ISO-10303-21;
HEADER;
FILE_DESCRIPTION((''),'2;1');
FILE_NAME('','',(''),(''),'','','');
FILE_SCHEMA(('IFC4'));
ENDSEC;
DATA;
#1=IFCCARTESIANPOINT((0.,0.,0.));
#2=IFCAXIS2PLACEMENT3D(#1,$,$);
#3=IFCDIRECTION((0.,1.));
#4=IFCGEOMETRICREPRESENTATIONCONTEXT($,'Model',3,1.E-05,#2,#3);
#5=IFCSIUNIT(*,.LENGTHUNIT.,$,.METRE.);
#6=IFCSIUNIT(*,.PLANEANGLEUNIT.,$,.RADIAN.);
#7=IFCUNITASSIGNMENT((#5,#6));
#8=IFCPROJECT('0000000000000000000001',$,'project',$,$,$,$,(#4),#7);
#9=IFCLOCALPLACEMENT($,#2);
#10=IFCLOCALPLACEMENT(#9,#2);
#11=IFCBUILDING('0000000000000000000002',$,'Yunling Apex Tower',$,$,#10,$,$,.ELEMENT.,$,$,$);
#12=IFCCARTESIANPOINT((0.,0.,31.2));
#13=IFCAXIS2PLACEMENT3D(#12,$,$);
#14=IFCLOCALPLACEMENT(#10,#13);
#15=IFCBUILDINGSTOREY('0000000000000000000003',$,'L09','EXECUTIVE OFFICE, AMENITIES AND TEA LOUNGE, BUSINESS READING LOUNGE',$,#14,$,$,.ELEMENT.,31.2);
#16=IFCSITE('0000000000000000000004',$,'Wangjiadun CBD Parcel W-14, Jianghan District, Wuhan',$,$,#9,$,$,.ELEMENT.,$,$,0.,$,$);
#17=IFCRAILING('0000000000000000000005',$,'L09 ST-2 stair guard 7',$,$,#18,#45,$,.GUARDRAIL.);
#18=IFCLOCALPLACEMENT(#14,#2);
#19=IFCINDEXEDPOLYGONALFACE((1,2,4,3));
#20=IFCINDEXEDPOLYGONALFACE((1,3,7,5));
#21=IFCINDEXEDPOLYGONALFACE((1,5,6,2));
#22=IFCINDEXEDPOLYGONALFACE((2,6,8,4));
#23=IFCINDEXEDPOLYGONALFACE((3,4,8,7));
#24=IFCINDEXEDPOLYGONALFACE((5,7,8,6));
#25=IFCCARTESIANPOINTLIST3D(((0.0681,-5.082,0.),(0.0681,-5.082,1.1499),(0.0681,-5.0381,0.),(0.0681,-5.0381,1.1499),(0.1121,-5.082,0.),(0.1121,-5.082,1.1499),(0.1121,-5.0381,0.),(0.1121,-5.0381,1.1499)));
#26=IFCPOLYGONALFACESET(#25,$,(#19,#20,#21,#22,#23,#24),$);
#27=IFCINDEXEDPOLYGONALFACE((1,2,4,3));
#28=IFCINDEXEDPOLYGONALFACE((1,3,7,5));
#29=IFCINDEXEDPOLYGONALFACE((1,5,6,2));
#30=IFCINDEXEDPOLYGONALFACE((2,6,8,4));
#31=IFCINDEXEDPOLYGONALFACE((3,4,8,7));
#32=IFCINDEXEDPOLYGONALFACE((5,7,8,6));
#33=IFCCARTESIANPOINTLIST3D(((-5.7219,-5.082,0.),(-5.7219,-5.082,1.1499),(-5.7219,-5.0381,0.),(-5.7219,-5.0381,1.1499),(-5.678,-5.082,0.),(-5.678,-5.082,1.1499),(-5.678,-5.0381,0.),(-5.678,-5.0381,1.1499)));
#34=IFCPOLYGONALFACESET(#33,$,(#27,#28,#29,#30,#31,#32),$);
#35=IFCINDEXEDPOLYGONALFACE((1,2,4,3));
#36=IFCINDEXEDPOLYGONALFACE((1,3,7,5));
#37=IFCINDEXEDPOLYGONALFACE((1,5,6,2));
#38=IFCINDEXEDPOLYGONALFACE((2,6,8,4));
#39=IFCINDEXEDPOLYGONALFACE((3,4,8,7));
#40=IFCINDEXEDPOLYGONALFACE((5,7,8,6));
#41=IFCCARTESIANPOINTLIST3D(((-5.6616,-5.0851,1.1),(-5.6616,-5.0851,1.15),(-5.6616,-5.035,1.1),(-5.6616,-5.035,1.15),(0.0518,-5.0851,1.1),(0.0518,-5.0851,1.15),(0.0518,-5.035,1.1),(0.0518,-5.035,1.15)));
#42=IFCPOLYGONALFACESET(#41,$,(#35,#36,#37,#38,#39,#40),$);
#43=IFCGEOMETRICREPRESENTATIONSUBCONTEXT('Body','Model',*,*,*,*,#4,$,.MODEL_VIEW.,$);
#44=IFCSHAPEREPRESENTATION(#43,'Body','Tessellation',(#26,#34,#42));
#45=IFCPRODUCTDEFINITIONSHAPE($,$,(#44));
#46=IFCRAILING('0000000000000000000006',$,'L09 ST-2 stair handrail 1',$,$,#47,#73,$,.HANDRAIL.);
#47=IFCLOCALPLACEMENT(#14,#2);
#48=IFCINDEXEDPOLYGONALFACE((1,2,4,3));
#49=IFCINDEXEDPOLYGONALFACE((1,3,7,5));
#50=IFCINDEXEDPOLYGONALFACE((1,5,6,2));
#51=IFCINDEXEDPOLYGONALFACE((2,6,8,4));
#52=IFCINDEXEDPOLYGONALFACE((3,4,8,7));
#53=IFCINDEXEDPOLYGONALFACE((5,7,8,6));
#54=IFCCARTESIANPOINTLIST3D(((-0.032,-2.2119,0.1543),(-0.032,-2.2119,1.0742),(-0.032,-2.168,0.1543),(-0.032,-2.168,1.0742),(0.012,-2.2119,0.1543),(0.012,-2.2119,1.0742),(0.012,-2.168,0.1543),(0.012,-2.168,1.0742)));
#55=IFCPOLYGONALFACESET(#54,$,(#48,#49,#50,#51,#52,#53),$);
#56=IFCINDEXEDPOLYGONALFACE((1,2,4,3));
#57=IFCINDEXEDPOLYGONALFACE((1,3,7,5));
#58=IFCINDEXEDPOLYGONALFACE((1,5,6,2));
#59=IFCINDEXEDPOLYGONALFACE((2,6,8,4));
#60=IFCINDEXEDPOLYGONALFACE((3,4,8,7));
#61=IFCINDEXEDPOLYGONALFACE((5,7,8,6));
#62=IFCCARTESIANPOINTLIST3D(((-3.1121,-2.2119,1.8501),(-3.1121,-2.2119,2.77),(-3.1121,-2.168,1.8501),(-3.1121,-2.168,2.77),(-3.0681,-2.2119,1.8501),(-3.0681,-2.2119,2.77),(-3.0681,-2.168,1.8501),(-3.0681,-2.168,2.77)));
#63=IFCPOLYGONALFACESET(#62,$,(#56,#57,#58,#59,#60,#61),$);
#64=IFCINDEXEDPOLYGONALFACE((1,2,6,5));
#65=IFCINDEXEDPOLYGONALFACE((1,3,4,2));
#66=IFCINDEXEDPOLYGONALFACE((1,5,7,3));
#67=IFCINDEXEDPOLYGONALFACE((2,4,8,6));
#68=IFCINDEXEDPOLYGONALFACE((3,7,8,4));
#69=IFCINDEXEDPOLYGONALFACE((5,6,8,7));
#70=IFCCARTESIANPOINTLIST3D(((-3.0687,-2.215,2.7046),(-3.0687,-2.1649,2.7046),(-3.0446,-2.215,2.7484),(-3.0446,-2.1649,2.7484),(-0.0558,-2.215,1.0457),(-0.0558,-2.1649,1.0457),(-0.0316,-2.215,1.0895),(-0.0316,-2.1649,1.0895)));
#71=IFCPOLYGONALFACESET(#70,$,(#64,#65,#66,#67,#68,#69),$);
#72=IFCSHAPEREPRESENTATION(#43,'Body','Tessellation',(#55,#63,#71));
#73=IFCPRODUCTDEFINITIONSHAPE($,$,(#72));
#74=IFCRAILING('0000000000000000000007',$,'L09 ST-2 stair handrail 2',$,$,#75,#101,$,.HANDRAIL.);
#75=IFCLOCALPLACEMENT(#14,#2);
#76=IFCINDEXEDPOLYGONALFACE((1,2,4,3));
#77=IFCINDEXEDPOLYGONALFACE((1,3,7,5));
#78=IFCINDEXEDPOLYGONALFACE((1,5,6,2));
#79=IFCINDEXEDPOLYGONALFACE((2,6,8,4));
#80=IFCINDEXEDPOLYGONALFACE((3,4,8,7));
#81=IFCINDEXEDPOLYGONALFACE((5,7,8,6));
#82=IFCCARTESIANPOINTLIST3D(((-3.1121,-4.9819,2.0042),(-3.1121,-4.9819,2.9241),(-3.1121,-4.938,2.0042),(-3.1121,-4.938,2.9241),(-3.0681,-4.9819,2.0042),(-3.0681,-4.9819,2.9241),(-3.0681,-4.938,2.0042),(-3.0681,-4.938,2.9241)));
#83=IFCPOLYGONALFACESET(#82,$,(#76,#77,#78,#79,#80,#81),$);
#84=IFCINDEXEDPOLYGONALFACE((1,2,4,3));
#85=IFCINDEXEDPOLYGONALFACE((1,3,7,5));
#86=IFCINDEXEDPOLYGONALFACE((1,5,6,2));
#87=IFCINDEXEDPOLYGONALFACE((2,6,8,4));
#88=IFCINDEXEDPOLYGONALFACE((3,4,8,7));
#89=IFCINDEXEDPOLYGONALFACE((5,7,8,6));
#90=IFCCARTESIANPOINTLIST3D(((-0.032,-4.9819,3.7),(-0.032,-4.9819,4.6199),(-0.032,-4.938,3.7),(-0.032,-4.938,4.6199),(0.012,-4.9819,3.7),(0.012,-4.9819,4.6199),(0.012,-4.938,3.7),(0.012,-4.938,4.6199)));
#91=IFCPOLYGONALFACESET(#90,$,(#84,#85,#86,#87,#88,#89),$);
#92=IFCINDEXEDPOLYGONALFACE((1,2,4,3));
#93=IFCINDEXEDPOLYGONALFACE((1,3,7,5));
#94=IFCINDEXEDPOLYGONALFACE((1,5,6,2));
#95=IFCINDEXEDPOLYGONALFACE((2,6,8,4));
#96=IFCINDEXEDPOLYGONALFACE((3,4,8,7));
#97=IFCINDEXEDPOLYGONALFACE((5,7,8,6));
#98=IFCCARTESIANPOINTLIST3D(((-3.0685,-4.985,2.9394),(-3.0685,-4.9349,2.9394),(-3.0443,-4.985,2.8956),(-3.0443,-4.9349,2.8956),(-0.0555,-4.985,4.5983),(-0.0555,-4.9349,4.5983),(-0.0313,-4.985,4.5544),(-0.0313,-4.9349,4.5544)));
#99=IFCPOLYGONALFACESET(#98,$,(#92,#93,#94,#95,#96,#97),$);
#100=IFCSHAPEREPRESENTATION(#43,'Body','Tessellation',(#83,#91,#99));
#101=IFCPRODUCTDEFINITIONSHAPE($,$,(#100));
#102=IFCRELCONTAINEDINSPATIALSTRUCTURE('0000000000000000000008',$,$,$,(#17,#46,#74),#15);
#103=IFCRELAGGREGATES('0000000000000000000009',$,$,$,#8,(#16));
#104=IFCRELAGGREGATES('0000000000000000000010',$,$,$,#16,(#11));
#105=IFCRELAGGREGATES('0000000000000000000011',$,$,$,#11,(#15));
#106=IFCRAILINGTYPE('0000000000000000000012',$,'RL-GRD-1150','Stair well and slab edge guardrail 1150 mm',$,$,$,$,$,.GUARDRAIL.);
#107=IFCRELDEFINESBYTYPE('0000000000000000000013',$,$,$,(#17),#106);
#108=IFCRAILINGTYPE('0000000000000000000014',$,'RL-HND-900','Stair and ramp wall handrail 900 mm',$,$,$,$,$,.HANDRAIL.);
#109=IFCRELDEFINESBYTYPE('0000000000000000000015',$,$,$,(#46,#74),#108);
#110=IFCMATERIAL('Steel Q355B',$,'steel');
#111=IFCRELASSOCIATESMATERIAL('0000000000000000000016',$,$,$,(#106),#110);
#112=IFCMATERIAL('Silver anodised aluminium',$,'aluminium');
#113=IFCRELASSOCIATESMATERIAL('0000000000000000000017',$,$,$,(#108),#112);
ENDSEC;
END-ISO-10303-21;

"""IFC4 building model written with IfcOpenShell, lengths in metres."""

from ifc_helpers import new_model, si_unit, direction, frame, origin, origin_2d, place, context, subcontext, project, spatial, rectangle, extrude, material, type_object, element, save


model = new_model("IFC4")

# Units and contexts
model_context = context("Model", 3, precision=1e-05, world=origin(), true_north=direction((0.0, 1.0)))
body_context = subcontext(model_context, "Body", "Model", "MODEL_VIEW")
ifc_project = project(units=[si_unit("LENGTHUNIT", "METRE"), si_unit("PLANEANGLEUNIT", "RADIAN")], contexts=[model_context])

# Site, building, storey
site_placement = place(None, origin())
site = spatial("IfcSite", under=ifc_project, at=site_placement, Name="Wangjiadun CBD Parcel W-14, Jianghan District, Wuhan", CompositionType="ELEMENT", RefElevation=0.0)
building_placement = place(site_placement, origin())
building = spatial("IfcBuilding", under=site, at=building_placement, Name="Yunling Apex Tower", CompositionType="ELEMENT")
storey_placement = place(building_placement, frame((0.0, 0.0, 31.2)))
storey = spatial("IfcBuildingStorey", under=building, at=storey_placement, Name="L09", Description="EXECUTIVE OFFICE, AMENITIES AND TEA LOUNGE, BUSINESS READING LOUNGE", CompositionType="ELEMENT", Elevation=31.2)

# Shared definitions
ifc_material_1 = material(Name="Steel Q355B", Category="steel")

# Railings
railing_type_1 = type_object("IfcRailingType", Name="RL-GRD-1150", Description="Stair well and slab edge guardrail 1150 mm", PredefinedType="GUARDRAIL", material=ifc_material_1)
railing_1_placement = place(storey_placement, frame((0.0901, -5.0601, 0.0)))
element("IfcRailing", 1, at=railing_1_placement, inside=storey, type_object=railing_type_1, Name="L09 ST-2 stair guard 7", PredefinedType="GUARDRAIL", context=body_context, shape_type="SweptSolid", body=[
    extrude(rectangle(XDim=0.0439, YDim=0.0439, at=origin_2d()), origin(), (0.0, 0.0, 1.0), 1.1499),
    extrude(rectangle(XDim=0.0439, YDim=0.0439, at=origin_2d()), frame((-5.79, 0.0, 0.0)), (0.0, 0.0, 1.0), 1.1499),
    extrude(rectangle(XDim=0.05, YDim=0.05, at=origin_2d()), frame((-0.0383, 0.0, 1.125), z_axis=(-1.0, 0.0, 0.0), x_axis=(0.0, -1.0, 0.0)), (0.0, 0.0, 1.0), 5.7134),
])
ifc_material_2 = material(Name="Silver anodised aluminium", Category="aluminium")
railing_type_2 = type_object("IfcRailingType", Name="RL-HND-900", Description="Stair and ramp wall handrail 900 mm", PredefinedType="HANDRAIL", material=ifc_material_2)
railing_2_placement = place(storey_placement, frame((-0.01, -2.1899, 0.1543)))
element("IfcRailing", 2, at=railing_2_placement, inside=storey, type_object=railing_type_2, Name="L09 ST-2 stair handrail 1", PredefinedType="HANDRAIL", context=body_context, shape_type="SweptSolid", body=[
    extrude(rectangle(XDim=0.0439, YDim=0.0439, at=origin_2d()), origin(), (0.0, 0.0, 1.0), 0.9199),
    extrude(rectangle(XDim=0.0439, YDim=0.0439, at=origin_2d()), frame((-3.0801, 0.0, 1.6958)), (0.0, 0.0, 1.0), 0.9199),
    extrude(rectangle(XDim=0.05, YDim=0.05, at=origin_2d()), frame((-0.0337, 0.0, 0.9133), z_axis=(-0.876005, 0.0, 0.482303), x_axis=(0.0, -1.0, 0.0)), (0.0, 0.0, 1.0), 3.4395),
])
railing_3_placement = place(storey_placement, frame((-3.0901, -4.96, 2.0042)))
element("IfcRailing", 3, at=railing_3_placement, inside=storey, type_object=railing_type_2, Name="L09 ST-2 stair handrail 2", PredefinedType="HANDRAIL", context=body_context, shape_type="SweptSolid", body=[
    extrude(rectangle(XDim=0.0439, YDim=0.0439, at=origin_2d()), origin(), (0.0, 0.0, 1.0), 0.9199),
    extrude(rectangle(XDim=0.0439, YDim=0.0439, at=origin_2d()), frame((3.0801, 0.0, 1.6958)), (0.0, 0.0, 1.0), 0.9199),
    extrude(rectangle(XDim=0.05, YDim=0.05, at=origin_2d()), frame((0.0337, 0.0, 0.9133), z_axis=(0.876005, 0.0, 0.482303), x_axis=(0.0, 1.0, 0.0)), (0.0, 0.0, 1.0), 3.4395),
])

save(model, "model.ifc")
